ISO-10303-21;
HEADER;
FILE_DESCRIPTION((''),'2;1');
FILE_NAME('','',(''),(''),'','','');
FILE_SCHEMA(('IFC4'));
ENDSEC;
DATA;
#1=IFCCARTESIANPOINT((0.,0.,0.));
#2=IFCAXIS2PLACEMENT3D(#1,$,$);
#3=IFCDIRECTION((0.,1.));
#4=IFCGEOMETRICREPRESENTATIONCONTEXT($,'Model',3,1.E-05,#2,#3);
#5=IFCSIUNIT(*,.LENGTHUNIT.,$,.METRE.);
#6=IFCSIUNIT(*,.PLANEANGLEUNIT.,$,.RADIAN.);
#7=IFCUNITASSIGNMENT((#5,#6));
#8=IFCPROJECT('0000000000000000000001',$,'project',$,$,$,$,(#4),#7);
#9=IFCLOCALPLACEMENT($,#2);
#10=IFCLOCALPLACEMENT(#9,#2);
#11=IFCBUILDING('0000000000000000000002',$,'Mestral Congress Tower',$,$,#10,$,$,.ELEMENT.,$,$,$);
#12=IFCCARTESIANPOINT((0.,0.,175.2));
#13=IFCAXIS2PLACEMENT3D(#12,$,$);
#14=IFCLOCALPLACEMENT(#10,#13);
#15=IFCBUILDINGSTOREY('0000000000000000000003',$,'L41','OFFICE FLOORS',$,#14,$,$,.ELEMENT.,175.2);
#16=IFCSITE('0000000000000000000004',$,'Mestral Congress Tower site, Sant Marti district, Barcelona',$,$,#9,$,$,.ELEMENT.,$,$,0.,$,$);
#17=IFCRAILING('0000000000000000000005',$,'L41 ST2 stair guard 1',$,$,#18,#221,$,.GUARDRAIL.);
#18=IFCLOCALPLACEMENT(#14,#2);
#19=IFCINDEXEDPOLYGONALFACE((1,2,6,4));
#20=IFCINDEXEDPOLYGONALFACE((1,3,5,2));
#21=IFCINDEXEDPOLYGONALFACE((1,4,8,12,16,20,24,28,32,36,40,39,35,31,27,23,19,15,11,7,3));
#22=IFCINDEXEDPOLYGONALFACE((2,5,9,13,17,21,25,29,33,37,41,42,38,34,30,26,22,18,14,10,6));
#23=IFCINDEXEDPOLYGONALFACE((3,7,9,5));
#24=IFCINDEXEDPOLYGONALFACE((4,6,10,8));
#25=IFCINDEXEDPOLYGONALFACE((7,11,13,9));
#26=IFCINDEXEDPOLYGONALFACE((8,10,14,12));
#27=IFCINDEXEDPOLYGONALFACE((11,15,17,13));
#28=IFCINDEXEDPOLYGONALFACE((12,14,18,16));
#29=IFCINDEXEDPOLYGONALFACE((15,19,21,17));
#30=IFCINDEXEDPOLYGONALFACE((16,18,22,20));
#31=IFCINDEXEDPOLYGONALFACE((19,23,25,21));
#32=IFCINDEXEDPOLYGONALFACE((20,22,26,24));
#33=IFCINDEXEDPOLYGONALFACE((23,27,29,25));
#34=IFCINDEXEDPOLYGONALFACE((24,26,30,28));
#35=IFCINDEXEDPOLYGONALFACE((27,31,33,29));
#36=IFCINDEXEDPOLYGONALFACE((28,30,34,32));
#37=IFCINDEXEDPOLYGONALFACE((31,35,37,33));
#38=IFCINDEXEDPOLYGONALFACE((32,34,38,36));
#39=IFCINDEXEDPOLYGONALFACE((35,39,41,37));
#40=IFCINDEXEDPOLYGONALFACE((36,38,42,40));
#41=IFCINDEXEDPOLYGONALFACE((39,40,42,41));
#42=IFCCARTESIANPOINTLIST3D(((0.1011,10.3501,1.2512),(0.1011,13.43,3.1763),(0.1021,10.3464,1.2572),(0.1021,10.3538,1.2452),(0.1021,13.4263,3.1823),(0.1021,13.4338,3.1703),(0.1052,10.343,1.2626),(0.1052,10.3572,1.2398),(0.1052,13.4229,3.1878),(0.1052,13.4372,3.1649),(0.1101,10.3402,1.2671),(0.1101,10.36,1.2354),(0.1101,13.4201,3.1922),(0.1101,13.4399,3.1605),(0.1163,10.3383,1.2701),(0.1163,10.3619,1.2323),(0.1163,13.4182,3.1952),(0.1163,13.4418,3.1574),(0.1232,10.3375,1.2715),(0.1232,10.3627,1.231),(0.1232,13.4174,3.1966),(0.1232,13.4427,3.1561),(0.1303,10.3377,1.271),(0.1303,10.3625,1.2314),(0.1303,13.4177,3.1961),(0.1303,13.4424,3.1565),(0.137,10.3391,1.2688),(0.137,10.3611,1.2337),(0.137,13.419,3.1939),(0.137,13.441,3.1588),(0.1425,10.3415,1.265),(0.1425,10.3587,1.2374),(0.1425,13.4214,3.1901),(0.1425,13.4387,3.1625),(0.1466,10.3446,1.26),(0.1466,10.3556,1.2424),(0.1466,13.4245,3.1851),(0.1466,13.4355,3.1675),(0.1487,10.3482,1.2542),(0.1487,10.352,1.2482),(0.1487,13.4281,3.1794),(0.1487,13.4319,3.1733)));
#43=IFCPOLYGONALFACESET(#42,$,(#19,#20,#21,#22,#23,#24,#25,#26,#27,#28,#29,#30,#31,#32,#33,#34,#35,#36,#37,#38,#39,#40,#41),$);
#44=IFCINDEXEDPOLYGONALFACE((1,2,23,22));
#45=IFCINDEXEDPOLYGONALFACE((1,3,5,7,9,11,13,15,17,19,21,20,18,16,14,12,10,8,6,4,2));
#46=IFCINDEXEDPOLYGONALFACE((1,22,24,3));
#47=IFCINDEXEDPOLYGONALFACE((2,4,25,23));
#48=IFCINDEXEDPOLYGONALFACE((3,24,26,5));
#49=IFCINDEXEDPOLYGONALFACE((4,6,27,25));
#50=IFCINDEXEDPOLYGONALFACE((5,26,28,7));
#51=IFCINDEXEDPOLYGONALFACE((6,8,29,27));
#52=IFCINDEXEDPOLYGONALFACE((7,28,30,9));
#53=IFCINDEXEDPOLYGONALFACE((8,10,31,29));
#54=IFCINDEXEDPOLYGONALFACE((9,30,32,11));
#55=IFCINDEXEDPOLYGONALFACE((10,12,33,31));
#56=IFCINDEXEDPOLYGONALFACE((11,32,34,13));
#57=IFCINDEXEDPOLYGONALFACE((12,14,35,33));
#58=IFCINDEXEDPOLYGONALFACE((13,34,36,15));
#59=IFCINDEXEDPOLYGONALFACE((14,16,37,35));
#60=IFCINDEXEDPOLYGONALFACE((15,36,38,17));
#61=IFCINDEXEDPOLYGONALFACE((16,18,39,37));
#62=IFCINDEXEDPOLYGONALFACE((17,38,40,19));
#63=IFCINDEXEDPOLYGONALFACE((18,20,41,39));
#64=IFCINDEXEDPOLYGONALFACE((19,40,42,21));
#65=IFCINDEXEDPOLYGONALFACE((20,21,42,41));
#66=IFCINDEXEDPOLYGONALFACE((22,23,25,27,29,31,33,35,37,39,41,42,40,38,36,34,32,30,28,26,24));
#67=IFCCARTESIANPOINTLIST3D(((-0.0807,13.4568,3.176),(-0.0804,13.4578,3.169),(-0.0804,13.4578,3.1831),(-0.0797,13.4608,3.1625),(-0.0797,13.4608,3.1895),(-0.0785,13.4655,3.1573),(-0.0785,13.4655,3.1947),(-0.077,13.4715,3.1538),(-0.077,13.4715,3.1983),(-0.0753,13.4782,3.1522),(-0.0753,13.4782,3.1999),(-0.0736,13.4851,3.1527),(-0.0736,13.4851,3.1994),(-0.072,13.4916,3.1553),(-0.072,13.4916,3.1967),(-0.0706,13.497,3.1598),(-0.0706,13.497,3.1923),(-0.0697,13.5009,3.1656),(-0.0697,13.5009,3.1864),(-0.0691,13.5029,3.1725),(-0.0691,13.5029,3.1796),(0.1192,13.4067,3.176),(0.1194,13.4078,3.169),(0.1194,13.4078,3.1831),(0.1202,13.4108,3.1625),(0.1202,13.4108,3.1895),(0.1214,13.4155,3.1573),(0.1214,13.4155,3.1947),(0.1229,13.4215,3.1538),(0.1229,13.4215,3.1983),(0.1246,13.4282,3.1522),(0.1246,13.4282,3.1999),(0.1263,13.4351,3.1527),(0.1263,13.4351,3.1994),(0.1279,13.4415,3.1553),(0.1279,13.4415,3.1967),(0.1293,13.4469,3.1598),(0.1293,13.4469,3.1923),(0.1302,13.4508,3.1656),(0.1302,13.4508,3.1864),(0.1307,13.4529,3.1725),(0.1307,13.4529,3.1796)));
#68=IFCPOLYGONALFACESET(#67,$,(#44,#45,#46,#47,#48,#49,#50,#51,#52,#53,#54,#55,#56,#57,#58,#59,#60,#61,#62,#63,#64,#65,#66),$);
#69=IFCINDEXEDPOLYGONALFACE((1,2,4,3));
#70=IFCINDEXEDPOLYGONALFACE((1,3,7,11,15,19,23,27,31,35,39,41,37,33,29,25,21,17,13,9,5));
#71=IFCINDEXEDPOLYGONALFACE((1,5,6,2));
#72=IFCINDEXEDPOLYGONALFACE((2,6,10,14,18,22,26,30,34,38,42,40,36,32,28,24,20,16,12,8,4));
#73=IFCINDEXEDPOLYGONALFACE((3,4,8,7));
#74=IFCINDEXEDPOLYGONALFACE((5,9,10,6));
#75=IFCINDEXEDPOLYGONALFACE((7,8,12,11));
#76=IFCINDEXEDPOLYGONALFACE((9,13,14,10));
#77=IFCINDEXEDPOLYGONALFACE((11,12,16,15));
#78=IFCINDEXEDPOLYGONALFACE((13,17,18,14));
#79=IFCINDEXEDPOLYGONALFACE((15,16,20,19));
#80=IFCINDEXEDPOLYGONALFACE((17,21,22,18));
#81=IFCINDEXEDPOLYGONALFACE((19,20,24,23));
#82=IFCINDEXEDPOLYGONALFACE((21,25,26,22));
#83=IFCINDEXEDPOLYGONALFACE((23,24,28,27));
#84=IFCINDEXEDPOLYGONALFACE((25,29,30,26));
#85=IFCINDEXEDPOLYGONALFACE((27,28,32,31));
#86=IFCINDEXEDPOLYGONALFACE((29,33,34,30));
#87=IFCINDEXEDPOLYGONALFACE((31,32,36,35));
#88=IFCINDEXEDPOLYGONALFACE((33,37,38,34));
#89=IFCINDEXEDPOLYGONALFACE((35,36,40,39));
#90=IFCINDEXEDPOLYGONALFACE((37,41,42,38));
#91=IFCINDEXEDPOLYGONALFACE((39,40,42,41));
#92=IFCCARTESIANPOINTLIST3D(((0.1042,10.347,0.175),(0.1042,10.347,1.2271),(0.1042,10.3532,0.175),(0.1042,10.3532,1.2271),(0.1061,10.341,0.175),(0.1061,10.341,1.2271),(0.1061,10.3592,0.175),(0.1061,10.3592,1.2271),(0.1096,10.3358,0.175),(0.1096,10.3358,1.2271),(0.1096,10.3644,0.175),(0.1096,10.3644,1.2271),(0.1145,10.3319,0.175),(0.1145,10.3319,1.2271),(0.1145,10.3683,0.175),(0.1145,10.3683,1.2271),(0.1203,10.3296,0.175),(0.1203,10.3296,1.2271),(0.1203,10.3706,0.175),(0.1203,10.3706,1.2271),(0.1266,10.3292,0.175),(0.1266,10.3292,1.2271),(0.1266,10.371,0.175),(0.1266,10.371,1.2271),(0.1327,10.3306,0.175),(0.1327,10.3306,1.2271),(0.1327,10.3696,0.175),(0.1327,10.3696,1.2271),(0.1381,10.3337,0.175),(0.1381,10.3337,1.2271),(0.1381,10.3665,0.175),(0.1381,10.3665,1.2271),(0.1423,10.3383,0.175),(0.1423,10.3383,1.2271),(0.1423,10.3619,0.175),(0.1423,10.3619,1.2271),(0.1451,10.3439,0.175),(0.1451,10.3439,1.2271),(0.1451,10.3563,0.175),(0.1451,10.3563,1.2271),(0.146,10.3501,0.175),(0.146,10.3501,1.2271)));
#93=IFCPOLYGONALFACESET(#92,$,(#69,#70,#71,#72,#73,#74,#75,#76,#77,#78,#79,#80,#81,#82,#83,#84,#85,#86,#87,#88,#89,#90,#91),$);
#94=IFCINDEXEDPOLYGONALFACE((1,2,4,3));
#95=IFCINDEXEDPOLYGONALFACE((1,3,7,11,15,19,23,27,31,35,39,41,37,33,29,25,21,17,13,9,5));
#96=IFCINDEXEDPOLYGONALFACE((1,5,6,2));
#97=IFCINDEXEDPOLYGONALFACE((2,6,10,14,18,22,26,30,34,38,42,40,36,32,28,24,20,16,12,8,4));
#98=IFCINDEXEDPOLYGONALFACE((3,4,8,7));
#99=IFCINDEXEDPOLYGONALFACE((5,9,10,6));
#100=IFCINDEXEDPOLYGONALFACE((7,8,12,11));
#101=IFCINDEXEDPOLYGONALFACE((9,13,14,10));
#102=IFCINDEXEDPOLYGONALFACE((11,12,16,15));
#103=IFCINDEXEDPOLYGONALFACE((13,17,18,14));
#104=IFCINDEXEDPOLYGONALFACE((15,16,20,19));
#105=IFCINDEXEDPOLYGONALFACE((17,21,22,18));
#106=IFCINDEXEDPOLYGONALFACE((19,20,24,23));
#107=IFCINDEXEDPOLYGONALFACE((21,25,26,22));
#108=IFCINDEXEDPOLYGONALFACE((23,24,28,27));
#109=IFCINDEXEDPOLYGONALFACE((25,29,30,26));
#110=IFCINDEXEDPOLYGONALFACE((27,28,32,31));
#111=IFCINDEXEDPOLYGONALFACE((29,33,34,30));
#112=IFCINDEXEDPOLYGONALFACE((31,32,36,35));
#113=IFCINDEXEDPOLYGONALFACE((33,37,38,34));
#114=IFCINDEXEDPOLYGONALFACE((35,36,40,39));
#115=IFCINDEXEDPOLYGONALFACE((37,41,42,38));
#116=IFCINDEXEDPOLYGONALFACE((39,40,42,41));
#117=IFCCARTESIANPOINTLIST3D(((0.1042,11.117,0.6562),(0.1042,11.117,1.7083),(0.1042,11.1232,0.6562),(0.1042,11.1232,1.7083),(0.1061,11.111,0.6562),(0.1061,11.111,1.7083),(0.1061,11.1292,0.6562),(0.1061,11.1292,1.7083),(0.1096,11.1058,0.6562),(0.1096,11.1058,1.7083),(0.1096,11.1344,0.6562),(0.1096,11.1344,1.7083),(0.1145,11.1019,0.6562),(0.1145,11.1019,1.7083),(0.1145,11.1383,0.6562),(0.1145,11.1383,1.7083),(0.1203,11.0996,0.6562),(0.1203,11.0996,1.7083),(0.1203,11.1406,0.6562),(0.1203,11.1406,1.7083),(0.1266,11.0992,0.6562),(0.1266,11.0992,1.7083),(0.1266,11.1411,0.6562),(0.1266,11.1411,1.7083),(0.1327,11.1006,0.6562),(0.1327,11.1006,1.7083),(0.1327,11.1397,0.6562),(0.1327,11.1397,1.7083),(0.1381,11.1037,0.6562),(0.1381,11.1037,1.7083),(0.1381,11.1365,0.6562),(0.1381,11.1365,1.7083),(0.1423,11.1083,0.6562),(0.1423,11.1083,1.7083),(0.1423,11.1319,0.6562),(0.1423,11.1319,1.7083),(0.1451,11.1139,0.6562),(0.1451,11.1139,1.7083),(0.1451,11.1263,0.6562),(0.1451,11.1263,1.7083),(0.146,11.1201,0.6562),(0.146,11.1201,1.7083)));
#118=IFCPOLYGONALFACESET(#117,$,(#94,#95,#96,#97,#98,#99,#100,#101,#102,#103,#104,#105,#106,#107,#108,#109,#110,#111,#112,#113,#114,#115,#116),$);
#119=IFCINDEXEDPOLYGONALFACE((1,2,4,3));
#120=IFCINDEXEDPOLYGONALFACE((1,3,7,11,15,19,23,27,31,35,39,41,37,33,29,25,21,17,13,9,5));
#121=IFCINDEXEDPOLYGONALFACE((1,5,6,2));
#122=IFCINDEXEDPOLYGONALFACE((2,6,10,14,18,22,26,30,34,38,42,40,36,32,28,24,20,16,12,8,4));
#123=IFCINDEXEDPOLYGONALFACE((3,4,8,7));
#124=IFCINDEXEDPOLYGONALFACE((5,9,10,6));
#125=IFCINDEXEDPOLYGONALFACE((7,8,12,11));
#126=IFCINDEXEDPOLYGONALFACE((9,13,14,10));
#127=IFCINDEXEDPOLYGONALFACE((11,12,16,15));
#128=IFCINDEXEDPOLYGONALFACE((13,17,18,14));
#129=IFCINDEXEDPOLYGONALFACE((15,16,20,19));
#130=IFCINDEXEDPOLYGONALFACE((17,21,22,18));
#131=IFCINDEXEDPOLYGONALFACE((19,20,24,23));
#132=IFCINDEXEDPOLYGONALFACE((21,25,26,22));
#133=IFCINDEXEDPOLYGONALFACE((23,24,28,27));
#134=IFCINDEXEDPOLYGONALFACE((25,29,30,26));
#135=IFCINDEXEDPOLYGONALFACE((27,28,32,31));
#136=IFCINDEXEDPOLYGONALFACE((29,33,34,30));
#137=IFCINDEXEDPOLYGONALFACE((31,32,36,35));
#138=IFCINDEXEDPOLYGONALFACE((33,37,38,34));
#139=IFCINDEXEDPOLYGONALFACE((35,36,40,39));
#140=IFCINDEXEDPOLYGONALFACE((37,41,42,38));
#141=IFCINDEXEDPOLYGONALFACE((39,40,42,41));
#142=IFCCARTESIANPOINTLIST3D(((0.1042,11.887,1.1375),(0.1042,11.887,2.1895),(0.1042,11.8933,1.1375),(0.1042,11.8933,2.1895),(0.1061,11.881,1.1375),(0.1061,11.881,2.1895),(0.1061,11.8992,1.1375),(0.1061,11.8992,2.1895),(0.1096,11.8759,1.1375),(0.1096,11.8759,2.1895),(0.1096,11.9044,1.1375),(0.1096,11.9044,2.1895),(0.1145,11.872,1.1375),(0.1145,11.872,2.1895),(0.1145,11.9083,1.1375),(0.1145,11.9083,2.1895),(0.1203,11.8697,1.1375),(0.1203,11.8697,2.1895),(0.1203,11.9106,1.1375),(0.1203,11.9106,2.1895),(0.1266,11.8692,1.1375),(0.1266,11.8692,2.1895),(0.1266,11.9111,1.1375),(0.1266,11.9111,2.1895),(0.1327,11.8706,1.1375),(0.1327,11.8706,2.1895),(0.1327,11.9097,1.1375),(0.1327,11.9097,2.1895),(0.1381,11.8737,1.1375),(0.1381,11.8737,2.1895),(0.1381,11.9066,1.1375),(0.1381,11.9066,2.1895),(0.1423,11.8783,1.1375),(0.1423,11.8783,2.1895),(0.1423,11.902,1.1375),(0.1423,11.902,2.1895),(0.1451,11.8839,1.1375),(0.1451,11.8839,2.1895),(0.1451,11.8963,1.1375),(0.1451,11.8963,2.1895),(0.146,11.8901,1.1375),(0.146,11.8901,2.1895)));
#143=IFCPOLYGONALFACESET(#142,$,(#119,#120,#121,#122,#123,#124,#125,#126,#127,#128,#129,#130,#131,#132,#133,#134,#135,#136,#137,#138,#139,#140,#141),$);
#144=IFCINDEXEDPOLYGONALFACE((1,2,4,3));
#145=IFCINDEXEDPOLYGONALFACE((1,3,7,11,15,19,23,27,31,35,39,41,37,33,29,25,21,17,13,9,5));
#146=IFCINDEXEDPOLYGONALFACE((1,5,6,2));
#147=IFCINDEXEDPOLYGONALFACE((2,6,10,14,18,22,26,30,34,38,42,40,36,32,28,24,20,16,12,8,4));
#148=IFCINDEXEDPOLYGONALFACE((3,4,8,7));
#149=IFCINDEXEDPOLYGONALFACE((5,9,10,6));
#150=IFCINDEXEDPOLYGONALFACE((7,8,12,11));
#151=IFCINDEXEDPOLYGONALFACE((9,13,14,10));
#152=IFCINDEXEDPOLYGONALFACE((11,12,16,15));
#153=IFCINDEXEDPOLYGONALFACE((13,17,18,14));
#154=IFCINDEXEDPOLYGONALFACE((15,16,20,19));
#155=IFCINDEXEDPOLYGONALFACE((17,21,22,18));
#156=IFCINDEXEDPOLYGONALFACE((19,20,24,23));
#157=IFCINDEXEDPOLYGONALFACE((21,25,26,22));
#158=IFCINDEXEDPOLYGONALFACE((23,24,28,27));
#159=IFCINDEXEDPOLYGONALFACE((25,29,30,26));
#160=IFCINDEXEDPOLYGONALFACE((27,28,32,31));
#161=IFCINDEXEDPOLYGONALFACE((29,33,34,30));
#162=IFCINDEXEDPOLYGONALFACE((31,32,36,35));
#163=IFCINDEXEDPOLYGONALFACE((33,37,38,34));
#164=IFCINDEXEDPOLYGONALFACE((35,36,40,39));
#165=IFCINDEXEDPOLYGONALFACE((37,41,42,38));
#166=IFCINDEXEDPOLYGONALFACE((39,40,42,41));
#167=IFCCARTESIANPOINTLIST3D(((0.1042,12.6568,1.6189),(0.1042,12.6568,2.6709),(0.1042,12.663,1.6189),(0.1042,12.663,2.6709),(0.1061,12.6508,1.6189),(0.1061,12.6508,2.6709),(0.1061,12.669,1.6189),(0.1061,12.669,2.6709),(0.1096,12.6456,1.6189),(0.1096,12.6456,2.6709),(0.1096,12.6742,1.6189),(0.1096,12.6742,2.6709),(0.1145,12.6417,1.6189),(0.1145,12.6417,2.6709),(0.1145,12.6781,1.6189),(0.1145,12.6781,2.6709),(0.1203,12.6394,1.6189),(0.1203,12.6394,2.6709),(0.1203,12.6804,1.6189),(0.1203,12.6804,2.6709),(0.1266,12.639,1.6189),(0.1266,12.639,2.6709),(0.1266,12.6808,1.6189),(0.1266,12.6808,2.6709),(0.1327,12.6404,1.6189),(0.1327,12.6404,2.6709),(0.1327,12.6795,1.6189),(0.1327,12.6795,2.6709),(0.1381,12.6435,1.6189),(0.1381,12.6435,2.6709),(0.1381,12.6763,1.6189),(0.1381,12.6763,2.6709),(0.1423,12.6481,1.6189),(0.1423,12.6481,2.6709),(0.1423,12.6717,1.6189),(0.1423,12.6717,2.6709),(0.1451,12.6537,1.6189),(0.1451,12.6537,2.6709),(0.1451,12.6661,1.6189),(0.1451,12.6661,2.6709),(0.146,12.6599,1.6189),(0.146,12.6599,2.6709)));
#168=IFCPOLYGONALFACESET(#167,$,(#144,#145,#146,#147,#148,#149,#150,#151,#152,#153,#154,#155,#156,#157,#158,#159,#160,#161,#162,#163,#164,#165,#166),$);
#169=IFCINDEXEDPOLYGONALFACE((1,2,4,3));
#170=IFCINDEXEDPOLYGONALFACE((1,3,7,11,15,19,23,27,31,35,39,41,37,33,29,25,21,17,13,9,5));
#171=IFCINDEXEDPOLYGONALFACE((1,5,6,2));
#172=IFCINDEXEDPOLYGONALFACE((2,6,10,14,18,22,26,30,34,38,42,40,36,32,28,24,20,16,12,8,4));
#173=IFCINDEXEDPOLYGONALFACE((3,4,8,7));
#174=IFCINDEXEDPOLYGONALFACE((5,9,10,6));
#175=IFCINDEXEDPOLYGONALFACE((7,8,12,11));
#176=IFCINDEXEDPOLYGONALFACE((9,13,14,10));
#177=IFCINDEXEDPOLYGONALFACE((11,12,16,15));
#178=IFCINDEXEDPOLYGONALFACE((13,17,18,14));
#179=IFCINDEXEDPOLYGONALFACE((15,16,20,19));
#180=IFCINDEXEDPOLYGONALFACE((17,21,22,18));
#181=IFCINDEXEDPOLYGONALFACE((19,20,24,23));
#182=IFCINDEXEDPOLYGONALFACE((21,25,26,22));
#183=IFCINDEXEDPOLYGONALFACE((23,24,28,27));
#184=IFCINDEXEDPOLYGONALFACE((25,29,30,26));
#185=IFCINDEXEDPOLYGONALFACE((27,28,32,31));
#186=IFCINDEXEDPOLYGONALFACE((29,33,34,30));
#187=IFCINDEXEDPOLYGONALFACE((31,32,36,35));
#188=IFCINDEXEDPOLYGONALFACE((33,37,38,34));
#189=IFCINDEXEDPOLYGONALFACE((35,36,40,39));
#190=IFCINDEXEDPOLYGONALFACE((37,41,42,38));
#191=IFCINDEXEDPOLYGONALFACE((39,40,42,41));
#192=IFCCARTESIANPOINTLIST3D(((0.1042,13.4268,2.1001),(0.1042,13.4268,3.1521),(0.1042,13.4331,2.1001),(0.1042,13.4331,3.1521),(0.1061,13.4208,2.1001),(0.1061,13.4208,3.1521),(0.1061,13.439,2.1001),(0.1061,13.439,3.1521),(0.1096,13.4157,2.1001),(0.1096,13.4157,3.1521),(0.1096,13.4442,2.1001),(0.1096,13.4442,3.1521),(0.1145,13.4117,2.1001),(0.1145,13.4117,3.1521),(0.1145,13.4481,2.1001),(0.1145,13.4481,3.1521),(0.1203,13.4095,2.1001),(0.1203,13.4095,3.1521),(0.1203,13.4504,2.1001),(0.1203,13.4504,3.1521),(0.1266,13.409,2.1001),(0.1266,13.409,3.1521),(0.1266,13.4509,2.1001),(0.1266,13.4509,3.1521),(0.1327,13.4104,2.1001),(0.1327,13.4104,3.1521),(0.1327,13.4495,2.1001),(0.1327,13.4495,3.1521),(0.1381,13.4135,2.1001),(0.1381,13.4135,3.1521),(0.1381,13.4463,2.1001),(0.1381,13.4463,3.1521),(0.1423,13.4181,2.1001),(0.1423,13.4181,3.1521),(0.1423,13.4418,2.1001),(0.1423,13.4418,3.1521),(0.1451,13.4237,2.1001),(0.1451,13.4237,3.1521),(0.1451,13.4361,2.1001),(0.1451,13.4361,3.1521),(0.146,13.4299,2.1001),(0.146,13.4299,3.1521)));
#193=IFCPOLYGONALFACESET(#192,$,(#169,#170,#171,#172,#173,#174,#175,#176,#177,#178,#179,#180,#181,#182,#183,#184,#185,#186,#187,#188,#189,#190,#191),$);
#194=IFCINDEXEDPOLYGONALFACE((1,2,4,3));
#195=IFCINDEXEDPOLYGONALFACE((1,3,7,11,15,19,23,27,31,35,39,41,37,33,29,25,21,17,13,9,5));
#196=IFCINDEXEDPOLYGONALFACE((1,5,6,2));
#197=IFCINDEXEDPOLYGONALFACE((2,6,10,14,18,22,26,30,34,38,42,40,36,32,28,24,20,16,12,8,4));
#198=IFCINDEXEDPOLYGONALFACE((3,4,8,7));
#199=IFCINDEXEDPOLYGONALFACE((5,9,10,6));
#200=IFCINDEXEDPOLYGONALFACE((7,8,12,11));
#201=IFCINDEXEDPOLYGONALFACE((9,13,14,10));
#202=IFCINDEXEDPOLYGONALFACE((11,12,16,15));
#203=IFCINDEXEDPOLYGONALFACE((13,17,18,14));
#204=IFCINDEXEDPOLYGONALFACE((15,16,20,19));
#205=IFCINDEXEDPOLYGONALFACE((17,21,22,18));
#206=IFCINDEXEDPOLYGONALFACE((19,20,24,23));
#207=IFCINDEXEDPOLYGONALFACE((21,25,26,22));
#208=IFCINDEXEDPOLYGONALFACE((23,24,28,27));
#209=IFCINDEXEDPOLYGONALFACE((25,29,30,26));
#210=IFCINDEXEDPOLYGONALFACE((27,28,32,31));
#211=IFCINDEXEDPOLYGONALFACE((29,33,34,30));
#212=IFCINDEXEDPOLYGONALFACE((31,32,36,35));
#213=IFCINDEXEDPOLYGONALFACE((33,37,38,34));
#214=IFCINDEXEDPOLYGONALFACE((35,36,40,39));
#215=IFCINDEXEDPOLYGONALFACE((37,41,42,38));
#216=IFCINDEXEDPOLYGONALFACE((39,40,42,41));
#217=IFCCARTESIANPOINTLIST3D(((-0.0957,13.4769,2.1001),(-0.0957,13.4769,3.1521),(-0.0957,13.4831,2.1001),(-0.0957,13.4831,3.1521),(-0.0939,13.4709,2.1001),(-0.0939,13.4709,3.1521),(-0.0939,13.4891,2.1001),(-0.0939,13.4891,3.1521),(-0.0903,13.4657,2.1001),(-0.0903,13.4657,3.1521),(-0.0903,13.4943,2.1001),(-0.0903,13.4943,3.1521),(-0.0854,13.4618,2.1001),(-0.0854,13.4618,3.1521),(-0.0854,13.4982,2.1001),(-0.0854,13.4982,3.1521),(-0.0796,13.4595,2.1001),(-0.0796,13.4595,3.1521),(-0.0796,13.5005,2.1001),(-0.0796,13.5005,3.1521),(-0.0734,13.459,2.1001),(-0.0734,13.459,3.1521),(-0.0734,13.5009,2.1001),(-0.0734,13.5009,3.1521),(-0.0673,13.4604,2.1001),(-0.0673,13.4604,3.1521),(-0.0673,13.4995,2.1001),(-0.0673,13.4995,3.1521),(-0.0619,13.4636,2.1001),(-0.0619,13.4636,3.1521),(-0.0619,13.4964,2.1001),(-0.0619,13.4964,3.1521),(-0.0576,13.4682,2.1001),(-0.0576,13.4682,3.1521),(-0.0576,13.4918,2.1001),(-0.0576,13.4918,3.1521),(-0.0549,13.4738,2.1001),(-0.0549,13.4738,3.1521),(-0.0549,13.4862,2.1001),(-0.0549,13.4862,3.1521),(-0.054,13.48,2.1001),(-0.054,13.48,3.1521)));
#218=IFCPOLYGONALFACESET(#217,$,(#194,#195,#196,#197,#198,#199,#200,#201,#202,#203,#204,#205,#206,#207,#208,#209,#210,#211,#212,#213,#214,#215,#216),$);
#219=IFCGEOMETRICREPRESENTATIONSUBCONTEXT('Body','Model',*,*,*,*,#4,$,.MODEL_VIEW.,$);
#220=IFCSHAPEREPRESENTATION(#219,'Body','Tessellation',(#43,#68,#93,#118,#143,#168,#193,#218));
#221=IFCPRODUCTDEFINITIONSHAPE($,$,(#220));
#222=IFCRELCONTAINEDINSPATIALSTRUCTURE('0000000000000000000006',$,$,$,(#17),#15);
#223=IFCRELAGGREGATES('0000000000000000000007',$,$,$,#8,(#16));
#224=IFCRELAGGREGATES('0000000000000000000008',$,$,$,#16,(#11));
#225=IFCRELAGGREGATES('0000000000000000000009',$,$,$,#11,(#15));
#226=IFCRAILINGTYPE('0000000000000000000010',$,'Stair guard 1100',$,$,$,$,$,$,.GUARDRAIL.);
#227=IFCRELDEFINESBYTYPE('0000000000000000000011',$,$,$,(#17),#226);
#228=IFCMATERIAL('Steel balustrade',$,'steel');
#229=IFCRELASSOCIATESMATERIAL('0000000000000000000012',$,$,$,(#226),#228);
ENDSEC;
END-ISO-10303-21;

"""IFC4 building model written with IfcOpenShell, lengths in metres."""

from ifc_helpers import new_model, si_unit, direction, frame, origin, origin_2d, place, context, subcontext, project, spatial, circle, extrude, material, type_object, element, save


model = new_model("IFC4")

# Units and contexts
model_context = context("Model", 3, precision=1e-05, world=origin(), true_north=direction((0.0, 1.0)))
body_context = subcontext(model_context, "Body", "Model", "MODEL_VIEW")
ifc_project = project(units=[si_unit("LENGTHUNIT", "METRE"), si_unit("PLANEANGLEUNIT", "RADIAN")], contexts=[model_context])

# Site, building, storey
site_placement = place(None, origin())
site = spatial("IfcSite", under=ifc_project, at=site_placement, Name="Mestral Congress Tower site, Sant Marti district, Barcelona", CompositionType="ELEMENT", RefElevation=0.0)
building_placement = place(site_placement, origin())
building = spatial("IfcBuilding", under=site, at=building_placement, Name="Mestral Congress Tower", CompositionType="ELEMENT")
storey_placement = place(building_placement, frame((0.0, 0.0, 175.2)))
storey = spatial("IfcBuildingStorey", under=building, at=storey_placement, Name="L41", Description="OFFICE FLOORS", CompositionType="ELEMENT", Elevation=175.2)

# Railing
ifc_material_1 = material(Name="Steel balustrade", Category="steel")
railing_type_1 = type_object("IfcRailingType", Name="Stair guard 1100", PredefinedType="GUARDRAIL", material=ifc_material_1)
railing_1_placement = place(storey_placement, frame((0.125, 10.3501, 0.175)))
element("IfcRailing", 1, at=railing_1_placement, inside=storey, type_object=railing_type_1, Name="L41 ST2 stair guard 1", PredefinedType="GUARDRAIL", context=body_context, shape_type="SweptSolid", body=[
    extrude(circle(Radius=0.0239, at=origin_2d()), frame((0.0, 0.0, 1.0762), z_axis=(0.0, 0.847979, 0.530029), x_axis=(-1.0, 0.0, 0.0)), (0.0, 0.0, 1.0), 3.6321),
    extrude(circle(Radius=0.0239, at=origin_2d()), frame((0.0, 3.0798, 3.001), z_axis=(-0.970073, 0.242814, 0.0), x_axis=(-0.242814, -0.970073, 0.0)), (0.0, 0.0, 1.0), 0.2061),
    extrude(circle(Radius=0.021, at=origin_2d()), origin(), (0.0, 0.0, 1.0), 1.052),
    extrude(circle(Radius=0.021, at=origin_2d()), frame((0.0, 0.77, 0.4812)), (0.0, 0.0, 1.0), 1.052),
    extrude(circle(Radius=0.021, at=origin_2d()), frame((0.0, 1.54, 0.9624)), (0.0, 0.0, 1.0), 1.052),
    extrude(circle(Radius=0.021, at=origin_2d()), frame((0.0, 2.3098, 1.4438)), (0.0, 0.0, 1.0), 1.052),
    extrude(circle(Radius=0.021, at=origin_2d()), frame((0.0, 3.0798, 1.925)), (0.0, 0.0, 1.0), 1.052),
    extrude(circle(Radius=0.021, at=origin_2d()), frame((-0.2, 3.1299, 1.925)), (0.0, 0.0, 1.0), 1.052),
])

save(model, "model.ifc")
